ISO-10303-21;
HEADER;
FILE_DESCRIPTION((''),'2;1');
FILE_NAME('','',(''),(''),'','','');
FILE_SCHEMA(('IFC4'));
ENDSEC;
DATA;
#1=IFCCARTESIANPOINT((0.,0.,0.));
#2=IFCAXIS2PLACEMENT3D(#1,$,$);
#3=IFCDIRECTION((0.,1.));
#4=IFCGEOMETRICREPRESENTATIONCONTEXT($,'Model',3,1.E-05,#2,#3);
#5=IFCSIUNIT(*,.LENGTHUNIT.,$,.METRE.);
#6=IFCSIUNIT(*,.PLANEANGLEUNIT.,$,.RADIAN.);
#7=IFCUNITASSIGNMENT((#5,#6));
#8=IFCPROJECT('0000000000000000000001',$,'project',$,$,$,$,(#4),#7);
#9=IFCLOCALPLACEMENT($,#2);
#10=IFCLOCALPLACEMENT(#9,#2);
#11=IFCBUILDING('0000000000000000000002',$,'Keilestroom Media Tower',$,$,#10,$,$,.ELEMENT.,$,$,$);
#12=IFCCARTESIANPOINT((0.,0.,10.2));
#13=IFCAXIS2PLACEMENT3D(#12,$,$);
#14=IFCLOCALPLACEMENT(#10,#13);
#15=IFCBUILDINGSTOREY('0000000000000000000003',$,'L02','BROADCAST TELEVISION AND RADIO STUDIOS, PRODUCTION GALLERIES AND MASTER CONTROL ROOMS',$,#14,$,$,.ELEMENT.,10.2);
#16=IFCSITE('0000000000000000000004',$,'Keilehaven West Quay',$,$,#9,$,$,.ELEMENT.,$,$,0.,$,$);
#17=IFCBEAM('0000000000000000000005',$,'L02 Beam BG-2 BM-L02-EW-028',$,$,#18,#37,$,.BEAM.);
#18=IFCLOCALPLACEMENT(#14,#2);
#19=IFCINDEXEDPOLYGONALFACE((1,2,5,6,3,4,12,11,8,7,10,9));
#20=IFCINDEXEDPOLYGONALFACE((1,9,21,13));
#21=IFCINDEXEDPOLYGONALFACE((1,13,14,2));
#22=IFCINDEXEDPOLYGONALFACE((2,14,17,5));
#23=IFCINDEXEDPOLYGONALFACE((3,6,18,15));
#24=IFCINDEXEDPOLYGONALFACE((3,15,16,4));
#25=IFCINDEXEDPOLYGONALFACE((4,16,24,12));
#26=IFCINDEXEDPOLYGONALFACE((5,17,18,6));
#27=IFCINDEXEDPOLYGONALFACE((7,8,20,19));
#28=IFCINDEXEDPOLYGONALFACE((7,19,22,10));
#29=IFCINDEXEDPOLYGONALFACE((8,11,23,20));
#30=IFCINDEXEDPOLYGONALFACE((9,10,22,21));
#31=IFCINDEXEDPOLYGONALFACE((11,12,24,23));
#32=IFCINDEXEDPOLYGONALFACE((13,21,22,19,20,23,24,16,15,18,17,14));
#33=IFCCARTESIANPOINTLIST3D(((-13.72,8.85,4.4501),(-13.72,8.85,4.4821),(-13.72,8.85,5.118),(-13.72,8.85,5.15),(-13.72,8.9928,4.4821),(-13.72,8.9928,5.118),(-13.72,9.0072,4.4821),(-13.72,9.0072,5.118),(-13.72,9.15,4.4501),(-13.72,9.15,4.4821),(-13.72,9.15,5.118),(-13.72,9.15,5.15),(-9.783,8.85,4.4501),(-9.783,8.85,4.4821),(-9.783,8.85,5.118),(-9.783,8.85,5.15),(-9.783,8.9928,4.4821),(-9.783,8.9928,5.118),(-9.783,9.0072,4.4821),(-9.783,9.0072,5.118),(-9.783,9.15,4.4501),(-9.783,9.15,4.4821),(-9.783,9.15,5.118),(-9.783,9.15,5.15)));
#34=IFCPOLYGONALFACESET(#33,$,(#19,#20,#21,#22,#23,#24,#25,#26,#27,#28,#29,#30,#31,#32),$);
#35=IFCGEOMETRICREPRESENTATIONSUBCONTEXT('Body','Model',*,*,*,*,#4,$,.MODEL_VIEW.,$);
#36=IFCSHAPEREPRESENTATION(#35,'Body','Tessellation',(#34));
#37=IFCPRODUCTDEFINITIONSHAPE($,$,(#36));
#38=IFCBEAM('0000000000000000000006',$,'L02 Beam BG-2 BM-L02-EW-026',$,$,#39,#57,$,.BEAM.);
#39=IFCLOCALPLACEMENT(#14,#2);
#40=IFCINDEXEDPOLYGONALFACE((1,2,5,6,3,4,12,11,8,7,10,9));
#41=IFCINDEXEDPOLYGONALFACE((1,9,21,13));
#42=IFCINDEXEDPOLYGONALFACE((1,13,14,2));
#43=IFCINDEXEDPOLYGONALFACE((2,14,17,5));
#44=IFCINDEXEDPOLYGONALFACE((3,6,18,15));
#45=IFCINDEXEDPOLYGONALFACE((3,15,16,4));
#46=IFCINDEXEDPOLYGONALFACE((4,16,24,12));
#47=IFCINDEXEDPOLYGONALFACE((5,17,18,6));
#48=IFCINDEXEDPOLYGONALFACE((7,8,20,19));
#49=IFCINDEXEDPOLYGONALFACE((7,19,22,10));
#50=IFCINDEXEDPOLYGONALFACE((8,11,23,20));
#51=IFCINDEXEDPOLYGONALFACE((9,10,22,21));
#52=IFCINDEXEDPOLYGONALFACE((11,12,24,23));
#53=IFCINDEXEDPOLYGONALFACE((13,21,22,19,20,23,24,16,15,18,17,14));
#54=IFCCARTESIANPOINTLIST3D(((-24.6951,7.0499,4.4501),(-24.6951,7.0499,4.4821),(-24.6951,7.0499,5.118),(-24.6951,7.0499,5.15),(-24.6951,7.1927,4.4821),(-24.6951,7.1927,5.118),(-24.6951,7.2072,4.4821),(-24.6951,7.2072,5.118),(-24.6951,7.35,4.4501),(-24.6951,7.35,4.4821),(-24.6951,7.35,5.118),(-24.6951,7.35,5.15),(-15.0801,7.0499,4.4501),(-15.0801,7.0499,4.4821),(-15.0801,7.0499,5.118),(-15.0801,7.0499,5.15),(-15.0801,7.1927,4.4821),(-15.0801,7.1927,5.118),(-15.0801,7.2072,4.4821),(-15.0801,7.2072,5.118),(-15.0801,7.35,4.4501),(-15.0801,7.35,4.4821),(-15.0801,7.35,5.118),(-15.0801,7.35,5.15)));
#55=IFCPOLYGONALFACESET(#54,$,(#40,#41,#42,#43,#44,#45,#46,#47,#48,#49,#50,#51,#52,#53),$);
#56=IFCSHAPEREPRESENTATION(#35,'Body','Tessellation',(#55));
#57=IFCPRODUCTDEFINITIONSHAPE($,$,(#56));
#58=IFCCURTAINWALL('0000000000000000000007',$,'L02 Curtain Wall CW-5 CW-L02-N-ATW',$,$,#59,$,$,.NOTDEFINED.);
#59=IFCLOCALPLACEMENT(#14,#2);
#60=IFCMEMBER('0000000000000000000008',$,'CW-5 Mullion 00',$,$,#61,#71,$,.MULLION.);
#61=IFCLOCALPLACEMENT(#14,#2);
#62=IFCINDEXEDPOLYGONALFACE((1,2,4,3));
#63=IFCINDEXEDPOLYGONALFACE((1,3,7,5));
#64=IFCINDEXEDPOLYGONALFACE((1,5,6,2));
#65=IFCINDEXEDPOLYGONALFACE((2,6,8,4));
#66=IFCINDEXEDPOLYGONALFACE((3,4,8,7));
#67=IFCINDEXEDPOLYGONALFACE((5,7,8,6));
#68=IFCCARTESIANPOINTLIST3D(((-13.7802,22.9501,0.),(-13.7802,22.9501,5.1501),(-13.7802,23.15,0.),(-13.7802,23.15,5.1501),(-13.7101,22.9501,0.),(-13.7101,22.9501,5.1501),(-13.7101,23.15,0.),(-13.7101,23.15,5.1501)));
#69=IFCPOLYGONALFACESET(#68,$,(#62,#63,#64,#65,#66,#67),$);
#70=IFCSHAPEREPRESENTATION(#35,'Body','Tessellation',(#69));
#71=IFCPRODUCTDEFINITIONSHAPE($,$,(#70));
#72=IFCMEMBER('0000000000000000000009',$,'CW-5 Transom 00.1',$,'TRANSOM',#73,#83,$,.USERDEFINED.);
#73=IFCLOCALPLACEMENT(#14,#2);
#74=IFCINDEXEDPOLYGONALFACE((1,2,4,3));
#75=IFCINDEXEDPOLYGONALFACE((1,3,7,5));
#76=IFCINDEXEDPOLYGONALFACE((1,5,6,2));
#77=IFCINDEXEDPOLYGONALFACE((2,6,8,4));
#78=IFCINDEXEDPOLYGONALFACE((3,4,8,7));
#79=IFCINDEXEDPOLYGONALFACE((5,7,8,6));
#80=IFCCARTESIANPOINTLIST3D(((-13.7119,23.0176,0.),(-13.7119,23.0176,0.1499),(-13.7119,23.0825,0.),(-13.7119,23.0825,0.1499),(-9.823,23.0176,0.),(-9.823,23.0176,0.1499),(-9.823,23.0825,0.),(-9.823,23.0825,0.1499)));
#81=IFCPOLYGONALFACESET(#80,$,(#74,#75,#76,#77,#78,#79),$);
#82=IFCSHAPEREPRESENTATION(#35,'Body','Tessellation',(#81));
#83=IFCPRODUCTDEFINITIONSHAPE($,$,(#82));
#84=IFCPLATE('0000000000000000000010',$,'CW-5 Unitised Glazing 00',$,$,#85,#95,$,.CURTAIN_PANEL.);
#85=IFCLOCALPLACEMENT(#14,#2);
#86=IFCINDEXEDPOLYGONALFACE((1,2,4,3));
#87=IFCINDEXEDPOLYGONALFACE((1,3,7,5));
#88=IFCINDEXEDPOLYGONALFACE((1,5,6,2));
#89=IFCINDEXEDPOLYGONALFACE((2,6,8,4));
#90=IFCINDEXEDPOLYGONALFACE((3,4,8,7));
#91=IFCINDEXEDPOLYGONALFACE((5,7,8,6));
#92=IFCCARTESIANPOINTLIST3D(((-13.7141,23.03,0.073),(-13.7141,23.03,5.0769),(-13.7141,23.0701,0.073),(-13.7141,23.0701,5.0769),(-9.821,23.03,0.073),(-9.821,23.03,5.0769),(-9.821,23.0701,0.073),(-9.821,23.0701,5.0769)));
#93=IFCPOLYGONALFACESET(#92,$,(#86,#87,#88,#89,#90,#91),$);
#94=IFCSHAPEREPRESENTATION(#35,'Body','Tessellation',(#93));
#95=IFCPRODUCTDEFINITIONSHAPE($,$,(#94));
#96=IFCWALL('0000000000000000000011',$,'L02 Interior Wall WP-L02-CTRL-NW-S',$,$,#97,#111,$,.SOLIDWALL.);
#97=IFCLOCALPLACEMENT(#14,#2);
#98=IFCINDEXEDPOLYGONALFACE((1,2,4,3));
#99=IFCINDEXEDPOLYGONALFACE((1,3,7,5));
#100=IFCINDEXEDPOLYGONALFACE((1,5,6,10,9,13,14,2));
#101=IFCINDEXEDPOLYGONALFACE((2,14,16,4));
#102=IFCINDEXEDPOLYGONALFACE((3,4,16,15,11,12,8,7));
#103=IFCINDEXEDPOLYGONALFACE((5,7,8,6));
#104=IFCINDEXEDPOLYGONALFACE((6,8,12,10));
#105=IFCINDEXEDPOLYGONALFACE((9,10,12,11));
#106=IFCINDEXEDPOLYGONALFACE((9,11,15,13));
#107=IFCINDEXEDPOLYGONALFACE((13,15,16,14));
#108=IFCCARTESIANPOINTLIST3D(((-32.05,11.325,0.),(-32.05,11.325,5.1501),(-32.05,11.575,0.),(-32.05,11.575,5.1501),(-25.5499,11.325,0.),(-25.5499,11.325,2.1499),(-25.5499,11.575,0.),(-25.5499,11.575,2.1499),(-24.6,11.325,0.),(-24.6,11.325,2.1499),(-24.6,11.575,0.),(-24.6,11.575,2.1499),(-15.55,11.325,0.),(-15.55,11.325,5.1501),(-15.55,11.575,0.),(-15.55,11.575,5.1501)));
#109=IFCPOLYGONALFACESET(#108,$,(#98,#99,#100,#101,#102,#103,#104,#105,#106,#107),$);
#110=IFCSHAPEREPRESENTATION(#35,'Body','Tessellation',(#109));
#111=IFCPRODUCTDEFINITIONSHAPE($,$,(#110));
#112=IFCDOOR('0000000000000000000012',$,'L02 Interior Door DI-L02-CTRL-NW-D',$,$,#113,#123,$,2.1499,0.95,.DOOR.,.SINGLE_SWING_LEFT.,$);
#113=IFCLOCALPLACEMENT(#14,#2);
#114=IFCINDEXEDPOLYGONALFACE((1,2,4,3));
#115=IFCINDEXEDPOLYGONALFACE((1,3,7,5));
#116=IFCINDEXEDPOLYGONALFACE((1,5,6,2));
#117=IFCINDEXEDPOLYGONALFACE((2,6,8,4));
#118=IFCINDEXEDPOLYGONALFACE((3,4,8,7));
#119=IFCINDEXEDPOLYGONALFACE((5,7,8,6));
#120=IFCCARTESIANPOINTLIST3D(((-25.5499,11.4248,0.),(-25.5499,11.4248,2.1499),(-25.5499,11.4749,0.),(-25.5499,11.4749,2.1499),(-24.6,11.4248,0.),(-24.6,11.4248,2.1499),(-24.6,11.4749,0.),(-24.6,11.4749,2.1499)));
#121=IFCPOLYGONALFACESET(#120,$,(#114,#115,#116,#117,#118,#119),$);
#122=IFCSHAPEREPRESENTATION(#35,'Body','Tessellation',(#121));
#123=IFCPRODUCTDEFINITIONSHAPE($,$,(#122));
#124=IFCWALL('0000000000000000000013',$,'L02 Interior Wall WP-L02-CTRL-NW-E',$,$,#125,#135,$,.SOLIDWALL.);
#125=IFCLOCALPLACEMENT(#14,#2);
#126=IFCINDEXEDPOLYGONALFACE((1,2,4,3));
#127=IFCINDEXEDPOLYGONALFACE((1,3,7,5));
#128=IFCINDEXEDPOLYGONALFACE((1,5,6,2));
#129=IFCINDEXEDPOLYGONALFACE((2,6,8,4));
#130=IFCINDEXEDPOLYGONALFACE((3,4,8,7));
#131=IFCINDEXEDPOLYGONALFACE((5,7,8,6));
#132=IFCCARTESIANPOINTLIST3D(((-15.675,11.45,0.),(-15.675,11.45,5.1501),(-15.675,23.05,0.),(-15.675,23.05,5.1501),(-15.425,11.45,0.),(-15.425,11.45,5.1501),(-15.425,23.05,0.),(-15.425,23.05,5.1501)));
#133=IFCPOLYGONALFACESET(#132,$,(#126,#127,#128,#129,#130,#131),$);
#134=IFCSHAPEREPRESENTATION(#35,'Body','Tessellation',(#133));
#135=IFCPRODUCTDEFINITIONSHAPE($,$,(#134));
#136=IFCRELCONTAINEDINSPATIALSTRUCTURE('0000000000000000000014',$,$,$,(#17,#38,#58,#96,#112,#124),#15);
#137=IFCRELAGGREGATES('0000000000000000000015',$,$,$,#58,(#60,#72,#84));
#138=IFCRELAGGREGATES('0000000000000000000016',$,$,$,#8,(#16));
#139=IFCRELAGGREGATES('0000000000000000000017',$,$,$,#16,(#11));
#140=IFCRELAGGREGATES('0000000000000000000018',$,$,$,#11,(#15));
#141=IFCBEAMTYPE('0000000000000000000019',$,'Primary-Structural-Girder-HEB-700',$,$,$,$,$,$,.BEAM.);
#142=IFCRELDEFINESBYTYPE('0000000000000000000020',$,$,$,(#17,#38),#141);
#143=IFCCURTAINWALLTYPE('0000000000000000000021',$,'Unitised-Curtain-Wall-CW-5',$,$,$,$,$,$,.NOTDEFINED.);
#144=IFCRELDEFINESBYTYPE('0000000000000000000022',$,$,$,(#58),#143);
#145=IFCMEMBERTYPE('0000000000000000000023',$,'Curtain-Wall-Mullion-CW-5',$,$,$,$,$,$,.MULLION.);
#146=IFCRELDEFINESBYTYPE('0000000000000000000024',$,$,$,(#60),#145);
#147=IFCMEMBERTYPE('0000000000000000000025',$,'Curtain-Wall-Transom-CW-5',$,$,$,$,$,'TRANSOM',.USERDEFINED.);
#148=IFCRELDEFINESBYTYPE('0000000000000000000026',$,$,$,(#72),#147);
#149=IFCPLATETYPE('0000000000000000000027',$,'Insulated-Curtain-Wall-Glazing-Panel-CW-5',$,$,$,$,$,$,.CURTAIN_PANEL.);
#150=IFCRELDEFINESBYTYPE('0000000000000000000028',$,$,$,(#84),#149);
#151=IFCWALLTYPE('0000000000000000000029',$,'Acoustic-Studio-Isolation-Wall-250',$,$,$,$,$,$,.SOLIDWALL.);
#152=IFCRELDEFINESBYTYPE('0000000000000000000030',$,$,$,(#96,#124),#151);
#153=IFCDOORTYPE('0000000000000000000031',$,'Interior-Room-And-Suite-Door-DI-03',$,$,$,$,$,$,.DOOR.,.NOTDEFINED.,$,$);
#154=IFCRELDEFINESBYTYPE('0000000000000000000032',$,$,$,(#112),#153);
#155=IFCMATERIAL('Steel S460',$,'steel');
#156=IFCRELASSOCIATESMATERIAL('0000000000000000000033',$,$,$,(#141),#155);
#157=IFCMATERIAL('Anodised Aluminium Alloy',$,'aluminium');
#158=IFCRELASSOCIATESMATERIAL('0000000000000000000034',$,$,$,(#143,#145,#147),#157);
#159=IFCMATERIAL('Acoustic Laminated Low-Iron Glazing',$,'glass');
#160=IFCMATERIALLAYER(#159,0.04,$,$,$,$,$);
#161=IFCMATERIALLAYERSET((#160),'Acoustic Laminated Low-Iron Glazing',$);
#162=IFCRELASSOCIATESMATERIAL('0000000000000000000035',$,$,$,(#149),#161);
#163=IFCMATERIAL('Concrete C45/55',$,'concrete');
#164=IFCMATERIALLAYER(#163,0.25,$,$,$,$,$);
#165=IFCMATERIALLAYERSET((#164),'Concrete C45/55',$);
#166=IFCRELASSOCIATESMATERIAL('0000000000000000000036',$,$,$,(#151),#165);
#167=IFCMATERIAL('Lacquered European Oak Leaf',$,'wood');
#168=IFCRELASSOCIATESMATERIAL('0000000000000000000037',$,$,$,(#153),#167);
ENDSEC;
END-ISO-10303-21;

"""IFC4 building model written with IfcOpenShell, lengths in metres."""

from ifc_helpers import new_model, si_unit, direction, frame, frame_2d, origin, origin_2d, place, context, subcontext, project, spatial, rectangle, i_section, extrude, source, transform, mapped, material, layer, layer_set, material_profile, profile_set, type_object, element, fill, aggregate, save


model = new_model("IFC4")

# Units and contexts
model_context = context("Model", 3, precision=1e-05, world=origin(), true_north=direction((0.0, 1.0)))
body_context = subcontext(model_context, "Body", "Model", "MODEL_VIEW")
ifc_project = project(units=[si_unit("LENGTHUNIT", "METRE"), si_unit("PLANEANGLEUNIT", "RADIAN")], contexts=[model_context])

# Site, building, storey
site_placement = place(None, origin())
site = spatial("IfcSite", under=ifc_project, at=site_placement, Name="Keilehaven West Quay", CompositionType="ELEMENT", RefElevation=0.0)
building_placement = place(site_placement, origin())
building = spatial("IfcBuilding", under=site, at=building_placement, Name="Keilestroom Media Tower", CompositionType="ELEMENT")
storey_placement = place(building_placement, frame((0.0, 0.0, 10.2)))
storey = spatial("IfcBuildingStorey", under=building, at=storey_placement, Name="L02", Description="BROADCAST TELEVISION AND RADIO STUDIOS, PRODUCTION GALLERIES AND MASTER CONTROL ROOMS", CompositionType="ELEMENT", Elevation=10.2)

# Beams
ifc_material_1 = material(Name="Steel S460", Category="steel")
ifc_material_profile_1 = material_profile(ifc_material_1, i_section(OverallWidth=0.3, OverallDepth=0.7, WebThickness=0.0144, FlangeThickness=0.032, at=origin_2d()), Name="HEB 700")
ifc_profile_set_1 = profile_set([ifc_material_profile_1], Name="Steel S460")
beam_type_1 = type_object("IfcBeamType", Name="Primary-Structural-Girder-HEB-700", PredefinedType="BEAM", material=ifc_profile_set_1)
shared_shape_1 = source(origin(), body_context, "Body", "SweptSolid", [
    extrude(i_section(OverallWidth=0.3, OverallDepth=0.7, WebThickness=0.0144, FlangeThickness=0.032, at=origin_2d()), origin(), (0.0, 0.0, 1.0), 3.937),
])
beam_1_placement = place(storey_placement, frame((-13.72, 9.0, 4.8), z_axis=(1.0, 0.0, 0.0), x_axis=(0.0, 1.0, 0.0)))
element("IfcBeam", 1, at=beam_1_placement, inside=storey, type_object=beam_type_1, Name="L02 Beam BG-2 BM-L02-EW-028", PredefinedType="BEAM", context=body_context, shape_type="MappedRepresentation", body=[
    mapped(shared_shape_1, transform((0.0, 0.0, 0.0), x_axis=(1.0, 0.0, 0.0), y_axis=(0.0, 1.0, 0.0), z_axis=(0.0, 0.0, 1.0), scale=1.0)),
])
shared_shape_2 = source(origin(), body_context, "Body", "SweptSolid", [
    extrude(i_section(OverallWidth=0.3, OverallDepth=0.7, WebThickness=0.0144, FlangeThickness=0.032, at=origin_2d()), origin(), (0.0, 0.0, 1.0), 9.615),
])
beam_2_placement = place(storey_placement, frame((-24.6951, 7.2, 4.8), z_axis=(1.0, 0.0, 0.0), x_axis=(0.0, 1.0, 0.0)))
element("IfcBeam", 2, at=beam_2_placement, inside=storey, type_object=beam_type_1, Name="L02 Beam BG-2 BM-L02-EW-026", PredefinedType="BEAM", context=body_context, shape_type="MappedRepresentation", body=[
    mapped(shared_shape_2, transform((0.0, 0.0, 0.0), x_axis=(1.0, 0.0, 0.0), y_axis=(0.0, 1.0, 0.0), z_axis=(0.0, 0.0, 1.0), scale=1.0)),
])

# Curtain wall, members, plate
ifc_material_2 = material(Name="Anodised Aluminium Alloy", Category="aluminium")
curtain_wall_type = type_object("IfcCurtainWallType", Name="Unitised-Curtain-Wall-CW-5", PredefinedType="NOTDEFINED", material=ifc_material_2)
curtain_wall_placement = place(storey_placement, origin())
curtain_wall = element("IfcCurtainWall", 3, at=curtain_wall_placement, inside=storey, type_object=curtain_wall_type, Name="L02 Curtain Wall CW-5 CW-L02-N-ATW", PredefinedType="NOTDEFINED")
ifc_material_profile_2 = material_profile(ifc_material_2, rectangle(XDim=0.0701, YDim=0.2, at=origin_2d()), Name="ALU MULLION 70x200")
ifc_profile_set_2 = profile_set([ifc_material_profile_2], Name="Anodised Aluminium Alloy")
member_type_1 = type_object("IfcMemberType", Name="Curtain-Wall-Mullion-CW-5", PredefinedType="MULLION", material=ifc_profile_set_2)
shared_shape_3 = source(origin(), body_context, "Body", "SweptSolid", [
    extrude(rectangle(XDim=0.0701, YDim=0.2, at=origin_2d()), origin(), (0.0, 0.0, 1.0), 5.1501),
])
member_1_placement = place(storey_placement, frame((-13.7451, 23.05, 0.0), z_axis=(0.0, 0.0, 1.0), x_axis=(1.0, 0.0, 0.0)))
member_1 = element("IfcMember", 4, at=member_1_placement, type_object=member_type_1, Name="CW-5 Mullion 00", PredefinedType="MULLION", context=body_context, shape_type="MappedRepresentation", body=[
    mapped(shared_shape_3, transform((0.0, 0.0, 0.0), x_axis=(1.0, 0.0, 0.0), y_axis=(0.0, 1.0, 0.0), z_axis=(0.0, 0.0, 1.0), scale=1.0)),
])
ifc_material_profile_3 = material_profile(ifc_material_2, rectangle(XDim=0.0649, YDim=0.1499, at=origin_2d()), Name="ALU TRANSOM 65x150")
ifc_profile_set_3 = profile_set([ifc_material_profile_3], Name="Anodised Aluminium Alloy")
member_type_2 = type_object("IfcMemberType", Name="Curtain-Wall-Transom-CW-5", ElementType="TRANSOM", PredefinedType="USERDEFINED", material=ifc_profile_set_3)
shared_shape_4 = source(origin(), body_context, "Body", "SweptSolid", [
    extrude(rectangle(XDim=0.0649, YDim=0.1499, at=origin_2d()), origin(), (0.0, 0.0, 1.0), 3.8889),
])
member_2_placement = place(storey_placement, frame((-13.7119, 23.05, 0.075), z_axis=(1.0, 0.0, 0.0), x_axis=(0.0, 1.0, 0.0)))
member_2 = element("IfcMember", 5, at=member_2_placement, type_object=member_type_2, Name="CW-5 Transom 00.1", ObjectType="TRANSOM", PredefinedType="USERDEFINED", context=body_context, shape_type="MappedRepresentation", body=[
    mapped(shared_shape_4, transform((0.0, 0.0, 0.0), x_axis=(1.0, 0.0, 0.0), y_axis=(0.0, 1.0, 0.0), z_axis=(0.0, 0.0, 1.0), scale=1.0)),
])
ifc_material_3 = material(Name="Acoustic Laminated Low-Iron Glazing", Category="glass")
ifc_layer_1 = layer(ifc_material_3, 0.04)
ifc_layer_set_1 = layer_set([ifc_layer_1], Name="Acoustic Laminated Low-Iron Glazing")
plate_type = type_object("IfcPlateType", Name="Insulated-Curtain-Wall-Glazing-Panel-CW-5", PredefinedType="CURTAIN_PANEL", material=ifc_layer_set_1)
shared_shape_5 = source(origin(), body_context, "Body", "SweptSolid", [
    extrude(rectangle(XDim=3.8931, YDim=0.04, at=origin_2d()), origin(), (0.0, 0.0, 1.0), 5.0039),
])
plate_placement = place(storey_placement, frame((-11.7676, 23.05, 0.073), z_axis=(0.0, 0.0, 1.0), x_axis=(1.0, 0.0, 0.0)))
plate = element("IfcPlate", 6, at=plate_placement, type_object=plate_type, Name="CW-5 Unitised Glazing 00", PredefinedType="CURTAIN_PANEL", context=body_context, shape_type="MappedRepresentation", body=[
    mapped(shared_shape_5, transform((0.0, 0.0, 0.0), x_axis=(1.0, 0.0, 0.0), y_axis=(0.0, 1.0, 0.0), z_axis=(0.0, 0.0, 1.0), scale=1.0)),
])
aggregate(curtain_wall, [member_1, member_2, plate])

# Wall, opening, door
ifc_material_4 = material(Name="Concrete C45/55", Category="concrete")
ifc_layer_2 = layer(ifc_material_4, 0.25)
ifc_layer_set_2 = layer_set([ifc_layer_2], Name="Concrete C45/55")
wall_type_1 = type_object("IfcWallType", Name="Acoustic-Studio-Isolation-Wall-250", PredefinedType="SOLIDWALL", material=ifc_layer_set_2)
wall_1_placement = place(storey_placement, frame((-32.05, 11.45, 0.0), z_axis=(0.0, 0.0, 1.0), x_axis=(1.0, 0.0, 0.0)))
wall_1 = element("IfcWall", 7, at=wall_1_placement, inside=storey, type_object=wall_type_1, Name="L02 Interior Wall WP-L02-CTRL-NW-S", PredefinedType="SOLIDWALL", context=body_context, shape_type="SweptSolid", body=[
    extrude(rectangle(XDim=16.5, YDim=0.25, at=frame_2d((8.25, 0.0))), origin(), (0.0, 0.0, 1.0), 5.1501),
])
opening_1_placement = place(wall_1_placement, frame((6.5, 0.0, 0.0)))
opening_1 = element("IfcOpeningElement", 8, at=opening_1_placement, cuts=wall_1, PredefinedType="OPENING", context=body_context, shape_type="SweptSolid", body=[
    extrude(rectangle(XDim=0.95, YDim=2.1499, at=frame_2d((0.4751, 1.075))), frame((0.0, 0.135, 0.0), z_axis=(0.0, -1.0, 0.0), x_axis=(1.0, 0.0, 0.0)), (0.0, 0.0, 1.0), 0.27),
])
ifc_material_5 = material(Name="Lacquered European Oak Leaf", Category="wood")
door_type_1 = type_object("IfcDoorType", Name="Interior-Room-And-Suite-Door-DI-03", OperationType="NOTDEFINED", PredefinedType="DOOR", material=ifc_material_5)
shared_shape_6 = source(origin(), body_context, "Body", "SweptSolid", [
    extrude(rectangle(XDim=0.95, YDim=2.1499, at=frame_2d((0.4751, 1.075))), frame((0.0, 0.0249, 0.0), z_axis=(0.0, -1.0, 0.0), x_axis=(1.0, 0.0, 0.0)), (0.0, 0.0, 1.0), 0.05),
])
door_1_placement = place(opening_1_placement, origin())
door_1 = element("IfcDoor", 9, at=door_1_placement, inside=storey, type_object=door_type_1, Name="L02 Interior Door DI-L02-CTRL-NW-D", OperationType="SINGLE_SWING_LEFT", OverallHeight=2.1499, OverallWidth=0.95, PredefinedType="DOOR", context=body_context, shape_type="MappedRepresentation", body=[
    mapped(shared_shape_6, transform((0.0, 0.0, 0.0), x_axis=(1.0, 0.0, 0.0), y_axis=(0.0, 1.0, 0.0), z_axis=(0.0, 0.0, 1.0), scale=1.0)),
])
fill(opening_1, door_1)

# Wall
wall_2_placement = place(storey_placement, frame((-15.55, 11.45, 0.0), z_axis=(0.0, 0.0, 1.0), x_axis=(0.0, 1.0, 0.0)))
element("IfcWall", 10, at=wall_2_placement, inside=storey, type_object=wall_type_1, Name="L02 Interior Wall WP-L02-CTRL-NW-E", PredefinedType="SOLIDWALL", context=body_context, shape_type="SweptSolid", body=[
    extrude(rectangle(XDim=11.6001, YDim=0.25, at=frame_2d((5.8, 0.0))), origin(), (0.0, 0.0, 1.0), 5.1501),
])

save(model, "model.ifc")
